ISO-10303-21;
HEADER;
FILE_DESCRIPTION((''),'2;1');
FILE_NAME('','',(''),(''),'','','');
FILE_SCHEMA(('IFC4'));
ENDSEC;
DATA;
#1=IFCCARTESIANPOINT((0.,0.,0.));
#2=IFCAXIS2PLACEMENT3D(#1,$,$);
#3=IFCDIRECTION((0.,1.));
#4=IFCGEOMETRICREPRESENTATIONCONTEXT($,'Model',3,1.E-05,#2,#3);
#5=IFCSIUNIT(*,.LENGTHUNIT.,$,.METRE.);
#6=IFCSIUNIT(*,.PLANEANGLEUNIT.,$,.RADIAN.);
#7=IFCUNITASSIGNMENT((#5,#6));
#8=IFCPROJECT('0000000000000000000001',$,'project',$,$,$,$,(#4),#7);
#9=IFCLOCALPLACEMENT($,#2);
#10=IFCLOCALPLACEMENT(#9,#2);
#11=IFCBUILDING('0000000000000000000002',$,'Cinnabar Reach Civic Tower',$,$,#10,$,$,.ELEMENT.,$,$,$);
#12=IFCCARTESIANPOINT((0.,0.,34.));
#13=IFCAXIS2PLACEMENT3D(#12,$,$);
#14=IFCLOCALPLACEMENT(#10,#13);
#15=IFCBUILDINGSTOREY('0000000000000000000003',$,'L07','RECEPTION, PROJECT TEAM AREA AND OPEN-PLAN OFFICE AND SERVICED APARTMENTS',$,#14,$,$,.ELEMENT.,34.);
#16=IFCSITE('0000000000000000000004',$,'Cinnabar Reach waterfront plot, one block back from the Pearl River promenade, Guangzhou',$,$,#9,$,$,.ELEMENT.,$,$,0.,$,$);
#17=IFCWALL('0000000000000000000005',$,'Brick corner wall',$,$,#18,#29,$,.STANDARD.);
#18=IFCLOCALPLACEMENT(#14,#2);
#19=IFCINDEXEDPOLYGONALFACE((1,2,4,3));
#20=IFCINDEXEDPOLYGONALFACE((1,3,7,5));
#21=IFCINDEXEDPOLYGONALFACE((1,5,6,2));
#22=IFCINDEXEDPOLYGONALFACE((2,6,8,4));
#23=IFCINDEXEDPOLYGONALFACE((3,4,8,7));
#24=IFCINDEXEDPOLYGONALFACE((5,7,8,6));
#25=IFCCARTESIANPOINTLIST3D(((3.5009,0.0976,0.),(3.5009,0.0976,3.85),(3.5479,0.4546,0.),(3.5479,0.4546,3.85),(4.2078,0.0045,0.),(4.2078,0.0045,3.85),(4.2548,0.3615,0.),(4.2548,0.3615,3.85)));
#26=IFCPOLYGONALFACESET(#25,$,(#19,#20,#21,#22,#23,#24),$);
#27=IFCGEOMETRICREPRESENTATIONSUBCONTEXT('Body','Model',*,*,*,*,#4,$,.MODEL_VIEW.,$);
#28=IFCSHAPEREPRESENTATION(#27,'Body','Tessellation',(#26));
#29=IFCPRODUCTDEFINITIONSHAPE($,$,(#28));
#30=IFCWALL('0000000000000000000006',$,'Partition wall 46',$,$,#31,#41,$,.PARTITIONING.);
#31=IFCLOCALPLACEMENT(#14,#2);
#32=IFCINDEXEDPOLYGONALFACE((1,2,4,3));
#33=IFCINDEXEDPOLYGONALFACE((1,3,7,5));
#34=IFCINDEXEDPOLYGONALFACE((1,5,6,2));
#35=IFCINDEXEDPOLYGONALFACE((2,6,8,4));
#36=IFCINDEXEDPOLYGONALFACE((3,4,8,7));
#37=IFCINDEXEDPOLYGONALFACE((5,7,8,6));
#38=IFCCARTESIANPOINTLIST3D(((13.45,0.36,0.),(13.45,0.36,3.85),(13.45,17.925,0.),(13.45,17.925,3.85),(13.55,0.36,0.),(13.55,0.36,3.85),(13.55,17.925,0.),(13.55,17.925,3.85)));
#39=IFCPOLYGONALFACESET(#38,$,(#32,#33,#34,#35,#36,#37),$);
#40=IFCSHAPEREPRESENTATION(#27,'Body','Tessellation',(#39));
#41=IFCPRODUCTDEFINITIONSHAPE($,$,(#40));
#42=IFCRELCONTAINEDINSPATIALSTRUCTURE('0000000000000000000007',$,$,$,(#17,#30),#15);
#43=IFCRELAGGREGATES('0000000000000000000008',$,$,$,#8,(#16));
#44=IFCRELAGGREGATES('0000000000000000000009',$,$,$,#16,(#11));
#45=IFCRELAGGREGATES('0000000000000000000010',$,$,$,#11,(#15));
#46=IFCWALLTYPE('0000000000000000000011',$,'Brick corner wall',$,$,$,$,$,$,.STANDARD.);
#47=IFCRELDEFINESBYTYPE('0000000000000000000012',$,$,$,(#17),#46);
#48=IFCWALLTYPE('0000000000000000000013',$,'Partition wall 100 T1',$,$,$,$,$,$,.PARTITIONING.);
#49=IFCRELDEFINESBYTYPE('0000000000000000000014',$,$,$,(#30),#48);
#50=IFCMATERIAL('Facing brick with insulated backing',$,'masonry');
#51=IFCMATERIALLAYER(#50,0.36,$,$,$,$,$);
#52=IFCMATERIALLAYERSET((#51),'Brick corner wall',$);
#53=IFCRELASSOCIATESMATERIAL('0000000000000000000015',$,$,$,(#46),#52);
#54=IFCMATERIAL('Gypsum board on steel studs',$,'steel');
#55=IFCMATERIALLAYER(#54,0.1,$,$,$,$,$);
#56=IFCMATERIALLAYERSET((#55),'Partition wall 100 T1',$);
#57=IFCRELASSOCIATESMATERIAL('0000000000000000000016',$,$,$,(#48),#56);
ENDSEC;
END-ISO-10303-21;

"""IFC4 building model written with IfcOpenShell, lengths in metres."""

from ifc_helpers import new_model, si_unit, direction, frame, frame_2d, origin, place, context, subcontext, project, spatial, rectangle, extrude, material, layer, layer_set, type_object, element, save


model = new_model("IFC4")

# Units and contexts
model_context = context("Model", 3, precision=1e-05, world=origin(), true_north=direction((0.0, 1.0)))
body_context = subcontext(model_context, "Body", "Model", "MODEL_VIEW")
ifc_project = project(units=[si_unit("LENGTHUNIT", "METRE"), si_unit("PLANEANGLEUNIT", "RADIAN")], contexts=[model_context])

# Site, building, storey
site_placement = place(None, origin())
site = spatial("IfcSite", under=ifc_project, at=site_placement, Name="Cinnabar Reach waterfront plot, one block back from the Pearl River promenade, Guangzhou", CompositionType="ELEMENT", RefElevation=0.0)
building_placement = place(site_placement, origin())
building = spatial("IfcBuilding", under=site, at=building_placement, Name="Cinnabar Reach Civic Tower", CompositionType="ELEMENT")
storey_placement = place(building_placement, frame((0.0, 0.0, 34.0)))
storey = spatial("IfcBuildingStorey", under=building, at=storey_placement, Name="L07", Description="RECEPTION, PROJECT TEAM AREA AND OPEN-PLAN OFFICE AND SERVICED APARTMENTS", CompositionType="ELEMENT", Elevation=34.0)

# Wall
ifc_material_1 = material(Name="Facing brick with insulated backing", Category="masonry")
ifc_layer_1 = layer(ifc_material_1, 0.36)
ifc_layer_set_1 = layer_set([ifc_layer_1], Name="Brick corner wall")
wall_type_1 = type_object("IfcWallType", Name="Brick corner wall", PredefinedType="STANDARD", material=ifc_layer_set_1)
wall_1_placement = place(storey_placement, frame((3.5244, 0.2761, 0.0), z_axis=(0.0, 0.0, 1.0), x_axis=(0.991441, -0.130556, 0.0)))
element("IfcWall", 1, at=wall_1_placement, inside=storey, type_object=wall_type_1, Name="Brick corner wall", PredefinedType="STANDARD", context=body_context, shape_type="SweptSolid", body=[
    extrude(rectangle(XDim=0.7131, YDim=0.36, at=frame_2d((0.3565, 0.0))), origin(), (0.0, 0.0, 1.0), 3.85),
])

# Wall
ifc_material_2 = material(Name="Gypsum board on steel studs", Category="steel")
ifc_layer_2 = layer(ifc_material_2, 0.1)
ifc_layer_set_2 = layer_set([ifc_layer_2], Name="Partition wall 100 T1")
wall_type_2 = type_object("IfcWallType", Name="Partition wall 100 T1", PredefinedType="PARTITIONING", material=ifc_layer_set_2)
wall_2_placement = place(storey_placement, frame((13.5, 0.36, 0.0), z_axis=(0.0, 0.0, 1.0), x_axis=(0.0, 1.0, 0.0)))
element("IfcWall", 2, at=wall_2_placement, inside=storey, type_object=wall_type_2, Name="Partition wall 46", PredefinedType="PARTITIONING", context=body_context, shape_type="SweptSolid", body=[
    extrude(rectangle(XDim=17.565, YDim=0.1, at=frame_2d((8.7825, 0.0))), origin(), (0.0, 0.0, 1.0), 3.85),
])

save(model, "model.ifc")
